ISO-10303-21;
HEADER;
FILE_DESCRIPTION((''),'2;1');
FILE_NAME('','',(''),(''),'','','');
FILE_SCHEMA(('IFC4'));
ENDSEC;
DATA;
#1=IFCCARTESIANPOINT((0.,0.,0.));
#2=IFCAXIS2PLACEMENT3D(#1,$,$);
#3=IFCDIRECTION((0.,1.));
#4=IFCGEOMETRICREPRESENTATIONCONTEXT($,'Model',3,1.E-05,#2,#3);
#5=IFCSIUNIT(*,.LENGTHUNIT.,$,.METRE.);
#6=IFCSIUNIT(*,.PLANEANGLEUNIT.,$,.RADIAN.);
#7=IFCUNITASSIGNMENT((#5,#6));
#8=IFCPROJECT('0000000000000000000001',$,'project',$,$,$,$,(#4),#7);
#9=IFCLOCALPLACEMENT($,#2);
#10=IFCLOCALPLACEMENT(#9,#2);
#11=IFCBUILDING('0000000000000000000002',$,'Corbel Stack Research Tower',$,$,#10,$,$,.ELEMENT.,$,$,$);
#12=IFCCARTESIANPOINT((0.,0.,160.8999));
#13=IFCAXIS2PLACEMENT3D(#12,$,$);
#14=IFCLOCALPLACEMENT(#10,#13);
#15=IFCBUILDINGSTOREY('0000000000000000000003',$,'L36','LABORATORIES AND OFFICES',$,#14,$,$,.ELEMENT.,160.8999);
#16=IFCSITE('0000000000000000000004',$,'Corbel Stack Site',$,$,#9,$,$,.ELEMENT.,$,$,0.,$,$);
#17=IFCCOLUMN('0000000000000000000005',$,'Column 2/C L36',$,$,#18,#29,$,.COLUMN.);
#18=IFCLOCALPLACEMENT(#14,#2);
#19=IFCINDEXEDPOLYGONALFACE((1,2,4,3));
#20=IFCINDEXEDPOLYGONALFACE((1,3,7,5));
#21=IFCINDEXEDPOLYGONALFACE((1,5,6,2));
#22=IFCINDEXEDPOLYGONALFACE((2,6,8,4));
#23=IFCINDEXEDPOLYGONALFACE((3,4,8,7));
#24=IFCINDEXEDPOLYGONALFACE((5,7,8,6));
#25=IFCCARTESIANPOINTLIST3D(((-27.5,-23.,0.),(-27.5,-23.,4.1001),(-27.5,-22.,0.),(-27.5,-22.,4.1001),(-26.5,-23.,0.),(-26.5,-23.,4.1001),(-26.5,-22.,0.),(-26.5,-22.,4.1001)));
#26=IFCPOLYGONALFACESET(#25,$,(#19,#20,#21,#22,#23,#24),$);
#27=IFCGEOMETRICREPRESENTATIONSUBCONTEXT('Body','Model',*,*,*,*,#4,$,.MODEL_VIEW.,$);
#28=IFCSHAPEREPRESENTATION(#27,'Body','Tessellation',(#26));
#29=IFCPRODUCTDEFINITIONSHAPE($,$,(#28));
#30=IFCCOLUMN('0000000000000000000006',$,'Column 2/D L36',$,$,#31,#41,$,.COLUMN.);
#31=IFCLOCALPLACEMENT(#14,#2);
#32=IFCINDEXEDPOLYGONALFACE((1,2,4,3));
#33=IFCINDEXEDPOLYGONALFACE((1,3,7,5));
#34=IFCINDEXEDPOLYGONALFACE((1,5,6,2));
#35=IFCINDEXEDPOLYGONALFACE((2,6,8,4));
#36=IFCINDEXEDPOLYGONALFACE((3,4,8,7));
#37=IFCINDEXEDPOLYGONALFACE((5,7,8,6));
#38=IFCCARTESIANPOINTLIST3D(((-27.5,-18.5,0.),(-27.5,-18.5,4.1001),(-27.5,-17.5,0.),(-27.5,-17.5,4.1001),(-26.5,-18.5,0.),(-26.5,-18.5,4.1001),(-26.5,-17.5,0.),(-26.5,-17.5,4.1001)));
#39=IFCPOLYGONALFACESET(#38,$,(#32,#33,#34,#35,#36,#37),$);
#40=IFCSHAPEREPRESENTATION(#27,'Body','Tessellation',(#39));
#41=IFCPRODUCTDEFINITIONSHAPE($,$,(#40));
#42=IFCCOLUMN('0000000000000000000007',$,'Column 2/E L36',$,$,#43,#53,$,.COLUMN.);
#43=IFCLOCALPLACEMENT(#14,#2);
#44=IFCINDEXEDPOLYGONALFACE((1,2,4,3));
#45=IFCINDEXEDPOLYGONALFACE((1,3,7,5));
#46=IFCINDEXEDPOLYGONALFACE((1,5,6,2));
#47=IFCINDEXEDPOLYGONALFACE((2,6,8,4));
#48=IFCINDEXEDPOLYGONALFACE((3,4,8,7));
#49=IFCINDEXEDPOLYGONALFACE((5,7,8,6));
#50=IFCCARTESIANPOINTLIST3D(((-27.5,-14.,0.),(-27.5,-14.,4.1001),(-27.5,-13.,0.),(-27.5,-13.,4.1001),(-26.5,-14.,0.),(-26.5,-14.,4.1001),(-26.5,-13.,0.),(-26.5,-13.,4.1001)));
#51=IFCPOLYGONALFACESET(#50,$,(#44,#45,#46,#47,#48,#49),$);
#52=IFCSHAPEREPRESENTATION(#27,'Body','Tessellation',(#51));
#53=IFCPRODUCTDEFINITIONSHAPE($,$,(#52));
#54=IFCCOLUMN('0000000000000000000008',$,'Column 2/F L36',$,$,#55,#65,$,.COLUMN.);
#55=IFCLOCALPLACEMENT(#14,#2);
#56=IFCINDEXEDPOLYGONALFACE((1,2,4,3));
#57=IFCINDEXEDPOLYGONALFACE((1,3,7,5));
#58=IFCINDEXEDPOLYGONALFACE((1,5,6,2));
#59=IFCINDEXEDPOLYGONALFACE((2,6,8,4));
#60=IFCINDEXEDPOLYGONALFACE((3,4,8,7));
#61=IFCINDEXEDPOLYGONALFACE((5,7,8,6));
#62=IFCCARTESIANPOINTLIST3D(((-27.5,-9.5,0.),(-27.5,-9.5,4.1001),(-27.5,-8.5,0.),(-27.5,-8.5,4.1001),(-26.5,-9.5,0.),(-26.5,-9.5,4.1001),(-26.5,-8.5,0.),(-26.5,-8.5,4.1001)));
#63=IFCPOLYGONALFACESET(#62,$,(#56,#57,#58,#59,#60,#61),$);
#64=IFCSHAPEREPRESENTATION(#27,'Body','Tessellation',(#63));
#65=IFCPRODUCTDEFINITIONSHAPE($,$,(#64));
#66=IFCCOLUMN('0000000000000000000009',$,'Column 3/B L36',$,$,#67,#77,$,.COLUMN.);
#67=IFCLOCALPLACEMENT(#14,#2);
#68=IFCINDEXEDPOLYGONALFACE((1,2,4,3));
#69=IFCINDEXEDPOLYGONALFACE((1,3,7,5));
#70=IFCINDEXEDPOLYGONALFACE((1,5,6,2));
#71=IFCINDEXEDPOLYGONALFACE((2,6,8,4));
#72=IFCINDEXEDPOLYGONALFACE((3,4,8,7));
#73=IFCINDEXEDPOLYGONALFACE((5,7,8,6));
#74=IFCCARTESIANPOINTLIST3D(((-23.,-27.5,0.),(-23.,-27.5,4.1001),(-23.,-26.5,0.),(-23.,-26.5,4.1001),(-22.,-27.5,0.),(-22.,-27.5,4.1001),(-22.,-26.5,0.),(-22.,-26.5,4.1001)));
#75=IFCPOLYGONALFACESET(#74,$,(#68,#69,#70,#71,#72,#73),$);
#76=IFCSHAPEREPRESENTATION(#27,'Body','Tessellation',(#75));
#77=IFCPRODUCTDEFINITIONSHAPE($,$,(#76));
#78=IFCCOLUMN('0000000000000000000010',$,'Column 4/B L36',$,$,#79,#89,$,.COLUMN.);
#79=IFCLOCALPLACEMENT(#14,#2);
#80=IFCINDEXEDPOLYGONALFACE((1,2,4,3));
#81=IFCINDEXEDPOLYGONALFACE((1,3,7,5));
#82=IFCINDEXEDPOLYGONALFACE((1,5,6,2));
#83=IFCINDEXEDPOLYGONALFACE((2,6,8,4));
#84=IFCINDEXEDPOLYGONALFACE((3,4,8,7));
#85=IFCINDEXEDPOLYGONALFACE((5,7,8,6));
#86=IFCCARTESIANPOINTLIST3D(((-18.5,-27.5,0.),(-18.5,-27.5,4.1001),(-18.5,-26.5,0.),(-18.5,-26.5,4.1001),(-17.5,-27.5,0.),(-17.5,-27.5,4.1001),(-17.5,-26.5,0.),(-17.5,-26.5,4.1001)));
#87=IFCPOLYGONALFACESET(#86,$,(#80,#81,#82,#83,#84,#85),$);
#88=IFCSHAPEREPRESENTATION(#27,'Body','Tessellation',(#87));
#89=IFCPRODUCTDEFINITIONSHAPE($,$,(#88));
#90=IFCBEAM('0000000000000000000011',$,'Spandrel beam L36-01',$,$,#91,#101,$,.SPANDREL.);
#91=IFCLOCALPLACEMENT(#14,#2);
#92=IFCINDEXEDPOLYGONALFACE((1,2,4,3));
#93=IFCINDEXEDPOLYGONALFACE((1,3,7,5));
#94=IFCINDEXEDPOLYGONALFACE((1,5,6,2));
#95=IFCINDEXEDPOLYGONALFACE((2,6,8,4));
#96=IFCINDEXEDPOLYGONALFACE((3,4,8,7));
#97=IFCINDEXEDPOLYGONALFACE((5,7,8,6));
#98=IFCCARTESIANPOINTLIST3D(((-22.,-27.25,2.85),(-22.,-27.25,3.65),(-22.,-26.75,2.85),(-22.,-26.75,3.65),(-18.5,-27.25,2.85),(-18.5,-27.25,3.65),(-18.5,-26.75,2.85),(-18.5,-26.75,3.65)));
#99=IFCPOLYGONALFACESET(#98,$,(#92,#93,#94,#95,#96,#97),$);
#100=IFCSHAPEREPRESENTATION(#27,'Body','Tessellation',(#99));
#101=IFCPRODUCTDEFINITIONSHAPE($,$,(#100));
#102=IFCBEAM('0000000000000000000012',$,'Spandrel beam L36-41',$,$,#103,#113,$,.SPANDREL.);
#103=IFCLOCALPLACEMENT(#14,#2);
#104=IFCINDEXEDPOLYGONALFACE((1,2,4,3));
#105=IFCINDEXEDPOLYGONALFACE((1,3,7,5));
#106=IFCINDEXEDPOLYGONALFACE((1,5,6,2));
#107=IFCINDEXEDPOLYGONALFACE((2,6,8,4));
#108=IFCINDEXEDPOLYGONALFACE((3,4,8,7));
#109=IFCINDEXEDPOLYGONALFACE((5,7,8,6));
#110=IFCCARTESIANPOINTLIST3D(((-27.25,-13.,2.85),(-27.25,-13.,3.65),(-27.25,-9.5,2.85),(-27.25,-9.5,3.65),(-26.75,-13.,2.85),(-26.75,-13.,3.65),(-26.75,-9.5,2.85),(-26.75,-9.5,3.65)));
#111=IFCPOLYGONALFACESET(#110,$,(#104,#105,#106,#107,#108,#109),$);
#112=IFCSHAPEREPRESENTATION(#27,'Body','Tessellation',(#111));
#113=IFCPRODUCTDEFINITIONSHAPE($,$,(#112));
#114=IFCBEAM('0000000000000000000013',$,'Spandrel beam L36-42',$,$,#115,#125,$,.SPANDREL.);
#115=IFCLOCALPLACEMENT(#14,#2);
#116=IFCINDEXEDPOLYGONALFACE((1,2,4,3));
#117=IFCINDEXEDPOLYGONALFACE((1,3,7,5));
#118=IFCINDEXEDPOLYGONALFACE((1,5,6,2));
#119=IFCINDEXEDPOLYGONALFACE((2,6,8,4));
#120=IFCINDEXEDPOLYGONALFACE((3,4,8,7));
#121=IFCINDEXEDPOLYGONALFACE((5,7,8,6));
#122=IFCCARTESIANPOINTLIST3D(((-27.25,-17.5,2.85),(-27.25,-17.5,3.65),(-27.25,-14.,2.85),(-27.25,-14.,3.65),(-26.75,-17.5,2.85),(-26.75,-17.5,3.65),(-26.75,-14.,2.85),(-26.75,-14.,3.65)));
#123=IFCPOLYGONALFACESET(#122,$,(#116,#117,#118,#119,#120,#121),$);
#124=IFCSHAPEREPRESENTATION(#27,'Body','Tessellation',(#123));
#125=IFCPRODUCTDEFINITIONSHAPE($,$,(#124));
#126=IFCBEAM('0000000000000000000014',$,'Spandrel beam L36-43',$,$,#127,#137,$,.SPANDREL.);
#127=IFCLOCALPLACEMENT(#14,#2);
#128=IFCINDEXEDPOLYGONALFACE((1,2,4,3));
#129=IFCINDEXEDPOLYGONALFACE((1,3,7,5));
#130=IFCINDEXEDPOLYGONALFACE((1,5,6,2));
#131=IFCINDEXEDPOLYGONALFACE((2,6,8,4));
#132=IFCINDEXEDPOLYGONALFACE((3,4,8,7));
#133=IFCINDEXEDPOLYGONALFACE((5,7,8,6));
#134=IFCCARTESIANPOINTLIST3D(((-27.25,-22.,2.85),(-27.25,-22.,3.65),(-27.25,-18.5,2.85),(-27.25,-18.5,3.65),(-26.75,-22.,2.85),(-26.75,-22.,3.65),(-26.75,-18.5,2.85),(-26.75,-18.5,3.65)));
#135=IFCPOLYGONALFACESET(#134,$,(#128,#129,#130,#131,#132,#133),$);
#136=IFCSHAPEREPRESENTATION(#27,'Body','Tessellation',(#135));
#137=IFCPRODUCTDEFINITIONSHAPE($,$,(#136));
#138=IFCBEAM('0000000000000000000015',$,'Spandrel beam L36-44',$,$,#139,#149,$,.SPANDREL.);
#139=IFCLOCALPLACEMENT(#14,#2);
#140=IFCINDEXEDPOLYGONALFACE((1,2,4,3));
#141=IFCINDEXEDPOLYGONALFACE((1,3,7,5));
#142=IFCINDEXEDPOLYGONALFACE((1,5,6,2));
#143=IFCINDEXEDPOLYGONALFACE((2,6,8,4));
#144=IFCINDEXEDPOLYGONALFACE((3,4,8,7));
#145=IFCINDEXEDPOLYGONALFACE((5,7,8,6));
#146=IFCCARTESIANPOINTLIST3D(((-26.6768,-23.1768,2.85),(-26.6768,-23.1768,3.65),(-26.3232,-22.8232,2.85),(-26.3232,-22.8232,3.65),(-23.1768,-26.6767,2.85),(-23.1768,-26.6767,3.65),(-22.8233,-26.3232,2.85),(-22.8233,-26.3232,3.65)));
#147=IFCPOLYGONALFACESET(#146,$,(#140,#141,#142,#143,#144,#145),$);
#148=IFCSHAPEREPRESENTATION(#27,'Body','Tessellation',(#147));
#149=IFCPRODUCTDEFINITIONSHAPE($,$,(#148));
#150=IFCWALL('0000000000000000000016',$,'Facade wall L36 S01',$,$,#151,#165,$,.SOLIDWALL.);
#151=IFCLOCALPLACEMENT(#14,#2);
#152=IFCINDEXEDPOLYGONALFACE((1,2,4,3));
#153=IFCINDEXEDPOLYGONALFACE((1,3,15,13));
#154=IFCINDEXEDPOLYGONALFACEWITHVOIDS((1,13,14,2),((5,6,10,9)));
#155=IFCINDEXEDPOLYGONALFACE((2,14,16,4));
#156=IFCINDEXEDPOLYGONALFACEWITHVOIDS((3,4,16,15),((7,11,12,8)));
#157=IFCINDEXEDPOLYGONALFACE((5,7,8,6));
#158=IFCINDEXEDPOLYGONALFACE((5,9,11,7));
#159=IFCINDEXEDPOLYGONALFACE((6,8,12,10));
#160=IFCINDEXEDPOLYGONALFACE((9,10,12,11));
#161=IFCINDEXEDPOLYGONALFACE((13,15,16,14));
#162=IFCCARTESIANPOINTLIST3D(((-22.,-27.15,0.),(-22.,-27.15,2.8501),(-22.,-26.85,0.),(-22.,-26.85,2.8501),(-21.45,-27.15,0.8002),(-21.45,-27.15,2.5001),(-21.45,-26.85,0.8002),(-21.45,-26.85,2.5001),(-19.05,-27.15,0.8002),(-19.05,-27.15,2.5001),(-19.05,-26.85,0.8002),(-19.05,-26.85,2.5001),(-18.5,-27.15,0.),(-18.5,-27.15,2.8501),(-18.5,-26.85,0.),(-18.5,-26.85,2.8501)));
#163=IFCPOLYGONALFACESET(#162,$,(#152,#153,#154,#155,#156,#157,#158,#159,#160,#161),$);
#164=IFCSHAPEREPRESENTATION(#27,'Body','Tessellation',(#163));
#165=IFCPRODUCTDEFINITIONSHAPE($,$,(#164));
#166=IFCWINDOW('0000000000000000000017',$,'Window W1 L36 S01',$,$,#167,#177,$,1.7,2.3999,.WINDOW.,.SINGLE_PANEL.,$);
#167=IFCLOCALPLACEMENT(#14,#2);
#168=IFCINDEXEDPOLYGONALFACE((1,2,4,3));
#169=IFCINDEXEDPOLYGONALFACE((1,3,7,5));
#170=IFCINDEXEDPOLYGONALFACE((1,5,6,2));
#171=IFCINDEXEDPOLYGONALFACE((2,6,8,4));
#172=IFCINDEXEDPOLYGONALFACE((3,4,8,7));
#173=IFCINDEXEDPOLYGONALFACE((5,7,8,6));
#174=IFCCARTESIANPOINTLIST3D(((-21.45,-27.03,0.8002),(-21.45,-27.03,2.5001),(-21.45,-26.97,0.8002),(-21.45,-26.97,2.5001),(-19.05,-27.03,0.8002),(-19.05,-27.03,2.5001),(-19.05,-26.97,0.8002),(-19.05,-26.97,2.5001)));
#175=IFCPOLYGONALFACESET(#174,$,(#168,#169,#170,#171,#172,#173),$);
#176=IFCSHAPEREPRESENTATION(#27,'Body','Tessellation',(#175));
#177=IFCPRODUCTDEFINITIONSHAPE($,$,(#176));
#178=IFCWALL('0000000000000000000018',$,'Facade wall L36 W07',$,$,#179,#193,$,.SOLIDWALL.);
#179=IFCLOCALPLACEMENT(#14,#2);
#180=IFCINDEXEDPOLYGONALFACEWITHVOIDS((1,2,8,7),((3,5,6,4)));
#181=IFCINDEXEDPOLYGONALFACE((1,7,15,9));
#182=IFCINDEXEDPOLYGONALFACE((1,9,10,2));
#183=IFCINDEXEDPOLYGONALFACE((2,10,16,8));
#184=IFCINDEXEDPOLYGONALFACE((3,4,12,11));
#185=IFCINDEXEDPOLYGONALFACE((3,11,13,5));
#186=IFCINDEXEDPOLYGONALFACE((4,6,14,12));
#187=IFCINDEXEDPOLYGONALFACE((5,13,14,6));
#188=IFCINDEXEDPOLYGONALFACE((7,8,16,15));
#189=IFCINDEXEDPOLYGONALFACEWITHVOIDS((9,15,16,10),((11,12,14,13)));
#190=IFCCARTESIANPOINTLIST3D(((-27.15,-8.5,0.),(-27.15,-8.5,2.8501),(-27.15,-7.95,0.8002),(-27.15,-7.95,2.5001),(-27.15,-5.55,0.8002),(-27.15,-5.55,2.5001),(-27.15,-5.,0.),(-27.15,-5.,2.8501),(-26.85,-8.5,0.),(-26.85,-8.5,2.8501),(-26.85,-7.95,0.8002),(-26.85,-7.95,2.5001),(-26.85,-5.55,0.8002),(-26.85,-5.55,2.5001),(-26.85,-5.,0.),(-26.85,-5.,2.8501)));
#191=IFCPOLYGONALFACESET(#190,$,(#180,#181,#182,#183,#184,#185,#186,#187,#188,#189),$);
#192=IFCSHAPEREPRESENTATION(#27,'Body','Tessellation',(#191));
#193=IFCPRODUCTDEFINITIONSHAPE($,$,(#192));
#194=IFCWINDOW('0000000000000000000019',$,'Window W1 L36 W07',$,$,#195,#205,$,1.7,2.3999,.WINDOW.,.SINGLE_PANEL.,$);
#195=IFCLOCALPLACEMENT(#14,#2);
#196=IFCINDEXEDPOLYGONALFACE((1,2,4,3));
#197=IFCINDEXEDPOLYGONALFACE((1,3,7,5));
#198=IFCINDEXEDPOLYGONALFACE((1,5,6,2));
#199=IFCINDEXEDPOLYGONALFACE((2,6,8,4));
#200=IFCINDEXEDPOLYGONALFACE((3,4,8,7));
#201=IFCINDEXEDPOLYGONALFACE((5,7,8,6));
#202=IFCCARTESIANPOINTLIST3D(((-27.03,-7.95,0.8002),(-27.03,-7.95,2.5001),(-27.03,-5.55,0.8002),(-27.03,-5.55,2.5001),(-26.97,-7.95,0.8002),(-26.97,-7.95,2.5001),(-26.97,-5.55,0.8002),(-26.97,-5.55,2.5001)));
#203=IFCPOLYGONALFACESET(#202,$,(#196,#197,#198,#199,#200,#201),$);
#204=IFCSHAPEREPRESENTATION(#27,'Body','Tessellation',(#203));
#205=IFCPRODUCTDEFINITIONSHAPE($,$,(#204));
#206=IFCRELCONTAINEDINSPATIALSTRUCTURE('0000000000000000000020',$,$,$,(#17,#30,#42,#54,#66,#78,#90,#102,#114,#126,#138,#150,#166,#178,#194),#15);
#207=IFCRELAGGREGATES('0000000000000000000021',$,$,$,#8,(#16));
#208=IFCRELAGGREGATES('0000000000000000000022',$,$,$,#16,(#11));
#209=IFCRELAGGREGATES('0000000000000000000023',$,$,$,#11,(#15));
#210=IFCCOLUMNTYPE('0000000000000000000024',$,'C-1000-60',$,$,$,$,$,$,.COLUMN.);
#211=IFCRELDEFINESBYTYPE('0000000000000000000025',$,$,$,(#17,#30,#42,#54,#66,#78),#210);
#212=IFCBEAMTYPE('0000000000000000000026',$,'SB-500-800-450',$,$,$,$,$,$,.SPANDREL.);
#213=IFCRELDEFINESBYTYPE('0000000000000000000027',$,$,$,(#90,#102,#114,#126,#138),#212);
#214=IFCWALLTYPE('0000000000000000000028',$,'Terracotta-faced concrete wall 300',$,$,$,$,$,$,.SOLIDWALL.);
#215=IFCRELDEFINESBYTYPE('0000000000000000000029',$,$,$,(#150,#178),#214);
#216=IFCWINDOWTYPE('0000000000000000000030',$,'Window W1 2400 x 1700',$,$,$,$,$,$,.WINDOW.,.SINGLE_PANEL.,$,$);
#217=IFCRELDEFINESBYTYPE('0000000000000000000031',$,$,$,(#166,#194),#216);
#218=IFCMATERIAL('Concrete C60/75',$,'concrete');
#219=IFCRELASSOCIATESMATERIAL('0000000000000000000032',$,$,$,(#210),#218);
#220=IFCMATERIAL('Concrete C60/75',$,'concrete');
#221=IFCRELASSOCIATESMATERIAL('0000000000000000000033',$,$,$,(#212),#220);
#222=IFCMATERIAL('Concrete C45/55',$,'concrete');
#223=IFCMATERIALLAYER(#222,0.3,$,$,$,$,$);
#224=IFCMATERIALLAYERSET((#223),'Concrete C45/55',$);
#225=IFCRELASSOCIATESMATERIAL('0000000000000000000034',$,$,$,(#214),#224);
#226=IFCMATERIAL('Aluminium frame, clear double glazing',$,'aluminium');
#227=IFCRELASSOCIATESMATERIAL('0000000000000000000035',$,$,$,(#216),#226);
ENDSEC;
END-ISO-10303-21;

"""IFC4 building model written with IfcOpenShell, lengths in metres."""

from ifc_helpers import new_model, si_unit, direction, frame, frame_2d, origin, origin_2d, place, context, subcontext, project, spatial, rectangle, extrude, material, layer, layer_set, material_profile, profile_set, type_object, element, fill, save


model = new_model("IFC4")

# Units and contexts
model_context = context("Model", 3, precision=1e-05, world=origin(), true_north=direction((0.0, 1.0)))
body_context = subcontext(model_context, "Body", "Model", "MODEL_VIEW")
ifc_project = project(units=[si_unit("LENGTHUNIT", "METRE"), si_unit("PLANEANGLEUNIT", "RADIAN")], contexts=[model_context])

# Site, building, storey
site_placement = place(None, origin())
site = spatial("IfcSite", under=ifc_project, at=site_placement, Name="Corbel Stack Site", CompositionType="ELEMENT", RefElevation=0.0)
building_placement = place(site_placement, origin())
building = spatial("IfcBuilding", under=site, at=building_placement, Name="Corbel Stack Research Tower", CompositionType="ELEMENT")
storey_placement = place(building_placement, frame((0.0, 0.0, 160.8999)))
storey = spatial("IfcBuildingStorey", under=building, at=storey_placement, Name="L36", Description="LABORATORIES AND OFFICES", CompositionType="ELEMENT", Elevation=160.8999)

# Columns
ifc_material_1 = material(Name="Concrete C60/75", Category="concrete")
ifc_material_profile_1 = material_profile(ifc_material_1, rectangle(XDim=1.0, YDim=1.0, at=origin_2d()), Name="RC 1000 x 1000")
ifc_profile_set_1 = profile_set([ifc_material_profile_1], Name="Concrete C60/75")
column_type = type_object("IfcColumnType", Name="C-1000-60", PredefinedType="COLUMN", material=ifc_profile_set_1)
for number, where, z_axis, x_axis, name in (
    (1, (-27.0, -22.5, 0.0), (0.0, 0.0, 1.0), (1.0, 0.0, 0.0), "Column 2/C L36"),
    (2, (-27.0, -18.0, 0.0), (0.0, 0.0, 1.0), (1.0, 0.0, 0.0), "Column 2/D L36"),
    (3, (-27.0, -13.5, 0.0), (0.0, 0.0, 1.0), (1.0, 0.0, 0.0), "Column 2/E L36"),
    (4, (-27.0, -9.0, 0.0), (0.0, 0.0, 1.0), (1.0, 0.0, 0.0), "Column 2/F L36"),
    (5, (-22.5, -27.0, 0.0), (0.0, 0.0, 1.0), (1.0, 0.0, 0.0), "Column 3/B L36"),
    (6, (-18.0, -27.0, 0.0), (0.0, 0.0, 1.0), (1.0, 0.0, 0.0), "Column 4/B L36"),
):
    element("IfcColumn", number, at=place(storey_placement, frame(where, z_axis=z_axis, x_axis=x_axis)), inside=storey, type_object=column_type, Name=name, PredefinedType="COLUMN", context=body_context, shape_type="SweptSolid", body=[
        extrude(rectangle(XDim=1.0, YDim=1.0, at=origin_2d()), origin(), (0.0, 0.0, 1.0), 4.1001),
    ])

# Beams
ifc_material_2 = material(Name="Concrete C60/75", Category="concrete")
ifc_material_profile_2 = material_profile(ifc_material_2, rectangle(XDim=0.5, YDim=0.8, at=origin_2d()), Name="RC 500 x 800")
ifc_profile_set_2 = profile_set([ifc_material_profile_2], Name="Concrete C60/75")
beam_type = type_object("IfcBeamType", Name="SB-500-800-450", PredefinedType="SPANDREL", material=ifc_profile_set_2)
for number, where, z_axis, x_axis, name in (
    (7, (-22.0, -27.0, 3.25), (1.0, 0.0, 0.0), (0.0, 1.0, 0.0), "Spandrel beam L36-01"),
    (8, (-27.0, -9.5, 3.25), (0.0, -1.0, 0.0), (1.0, 0.0, 0.0), "Spandrel beam L36-41"),
    (9, (-27.0, -14.0, 3.25), (0.0, -1.0, 0.0), (1.0, 0.0, 0.0), "Spandrel beam L36-42"),
    (10, (-27.0, -18.5, 3.25), (0.0, -1.0, 0.0), (1.0, 0.0, 0.0), "Spandrel beam L36-43"),
):
    element("IfcBeam", number, at=place(storey_placement, frame(where, z_axis=z_axis, x_axis=x_axis)), inside=storey, type_object=beam_type, Name=name, PredefinedType="SPANDREL", context=body_context, shape_type="SweptSolid", body=[
        extrude(rectangle(XDim=0.5, YDim=0.8, at=origin_2d()), origin(), (0.0, 0.0, 1.0), 3.5),
    ])
beam_placement = place(storey_placement, frame((-26.5, -23.0, 3.25), z_axis=(0.707107, -0.707107, 0.0), x_axis=(0.707107, 0.707107, 0.0)))
element("IfcBeam", 11, at=beam_placement, inside=storey, type_object=beam_type, Name="Spandrel beam L36-44", PredefinedType="SPANDREL", context=body_context, shape_type="SweptSolid", body=[
    extrude(rectangle(XDim=0.5, YDim=0.8, at=origin_2d()), origin(), (0.0, 0.0, 1.0), 4.9497),
])

# Walls, openings, windows
ifc_material_3 = material(Name="Concrete C45/55", Category="concrete")
ifc_layer = layer(ifc_material_3, 0.3)
ifc_layer_set = layer_set([ifc_layer], Name="Concrete C45/55")
wall_type = type_object("IfcWallType", Name="Terracotta-faced concrete wall 300", PredefinedType="SOLIDWALL", material=ifc_layer_set)
wall_1_placement = place(storey_placement, frame((-18.5, -27.0, 0.0), z_axis=(0.0, 0.0, 1.0), x_axis=(-1.0, 0.0, 0.0)))
wall_1 = element("IfcWall", 12, at=wall_1_placement, inside=storey, type_object=wall_type, Name="Facade wall L36 S01", PredefinedType="SOLIDWALL", context=body_context, shape_type="SweptSolid", body=[
    extrude(rectangle(XDim=3.5, YDim=0.3, at=frame_2d((1.75, 0.0))), origin(), (0.0, 0.0, 1.0), 2.8501),
])
opening_1_placement = place(wall_1_placement, frame((0.55, 0.0, 0.8)))
opening_1 = element("IfcOpeningElement", 13, at=opening_1_placement, cuts=wall_1, PredefinedType="OPENING", context=body_context, shape_type="SweptSolid", body=[
    extrude(rectangle(XDim=2.3999, YDim=1.7, at=frame_2d((1.2, 0.8501))), frame((0.0, 0.1599, 0.0), z_axis=(0.0, -1.0, 0.0), x_axis=(1.0, 0.0, 0.0)), (0.0, 0.0, 1.0), 0.3201),
])
ifc_material_4 = material(Name="Aluminium frame, clear double glazing", Category="aluminium")
window_type = type_object("IfcWindowType", Name="Window W1 2400 x 1700", PartitioningType="SINGLE_PANEL", PredefinedType="WINDOW", material=ifc_material_4)
window_1_placement = place(opening_1_placement, origin())
window_1 = element("IfcWindow", 14, at=window_1_placement, inside=storey, type_object=window_type, Name="Window W1 L36 S01", OverallHeight=1.7, OverallWidth=2.3999, PartitioningType="SINGLE_PANEL", PredefinedType="WINDOW", context=body_context, shape_type="SweptSolid", body=[
    extrude(rectangle(XDim=2.3999, YDim=1.7, at=frame_2d((1.2, 0.8501))), frame((0.0, 0.03, 0.0), z_axis=(0.0, -1.0, 0.0), x_axis=(1.0, 0.0, 0.0)), (0.0, 0.0, 1.0), 0.0601),
])
fill(opening_1, window_1)
wall_2_placement = place(storey_placement, frame((-27.0, -8.5, 0.0), z_axis=(0.0, 0.0, 1.0), x_axis=(0.0, 1.0, 0.0)))
wall_2 = element("IfcWall", 15, at=wall_2_placement, inside=storey, type_object=wall_type, Name="Facade wall L36 W07", PredefinedType="SOLIDWALL", context=body_context, shape_type="SweptSolid", body=[
    extrude(rectangle(XDim=3.5, YDim=0.3, at=frame_2d((1.75, 0.0))), origin(), (0.0, 0.0, 1.0), 2.8501),
])
opening_2_placement = place(wall_2_placement, frame((0.55, 0.0, 0.8)))
opening_2 = element("IfcOpeningElement", 16, at=opening_2_placement, cuts=wall_2, PredefinedType="OPENING", context=body_context, shape_type="SweptSolid", body=[
    extrude(rectangle(XDim=2.3999, YDim=1.7, at=frame_2d((1.2, 0.8501))), frame((0.0, 0.1599, 0.0), z_axis=(0.0, -1.0, 0.0), x_axis=(1.0, 0.0, 0.0)), (0.0, 0.0, 1.0), 0.3201),
])
window_2_placement = place(opening_2_placement, origin())
window_2 = element("IfcWindow", 17, at=window_2_placement, inside=storey, type_object=window_type, Name="Window W1 L36 W07", OverallHeight=1.7, OverallWidth=2.3999, PartitioningType="SINGLE_PANEL", PredefinedType="WINDOW", context=body_context, shape_type="SweptSolid", body=[
    extrude(rectangle(XDim=2.3999, YDim=1.7, at=frame_2d((1.2, 0.8501))), frame((0.0, 0.03, 0.0), z_axis=(0.0, -1.0, 0.0), x_axis=(1.0, 0.0, 0.0)), (0.0, 0.0, 1.0), 0.0601),
])
fill(opening_2, window_2)

save(model, "model.ifc")
